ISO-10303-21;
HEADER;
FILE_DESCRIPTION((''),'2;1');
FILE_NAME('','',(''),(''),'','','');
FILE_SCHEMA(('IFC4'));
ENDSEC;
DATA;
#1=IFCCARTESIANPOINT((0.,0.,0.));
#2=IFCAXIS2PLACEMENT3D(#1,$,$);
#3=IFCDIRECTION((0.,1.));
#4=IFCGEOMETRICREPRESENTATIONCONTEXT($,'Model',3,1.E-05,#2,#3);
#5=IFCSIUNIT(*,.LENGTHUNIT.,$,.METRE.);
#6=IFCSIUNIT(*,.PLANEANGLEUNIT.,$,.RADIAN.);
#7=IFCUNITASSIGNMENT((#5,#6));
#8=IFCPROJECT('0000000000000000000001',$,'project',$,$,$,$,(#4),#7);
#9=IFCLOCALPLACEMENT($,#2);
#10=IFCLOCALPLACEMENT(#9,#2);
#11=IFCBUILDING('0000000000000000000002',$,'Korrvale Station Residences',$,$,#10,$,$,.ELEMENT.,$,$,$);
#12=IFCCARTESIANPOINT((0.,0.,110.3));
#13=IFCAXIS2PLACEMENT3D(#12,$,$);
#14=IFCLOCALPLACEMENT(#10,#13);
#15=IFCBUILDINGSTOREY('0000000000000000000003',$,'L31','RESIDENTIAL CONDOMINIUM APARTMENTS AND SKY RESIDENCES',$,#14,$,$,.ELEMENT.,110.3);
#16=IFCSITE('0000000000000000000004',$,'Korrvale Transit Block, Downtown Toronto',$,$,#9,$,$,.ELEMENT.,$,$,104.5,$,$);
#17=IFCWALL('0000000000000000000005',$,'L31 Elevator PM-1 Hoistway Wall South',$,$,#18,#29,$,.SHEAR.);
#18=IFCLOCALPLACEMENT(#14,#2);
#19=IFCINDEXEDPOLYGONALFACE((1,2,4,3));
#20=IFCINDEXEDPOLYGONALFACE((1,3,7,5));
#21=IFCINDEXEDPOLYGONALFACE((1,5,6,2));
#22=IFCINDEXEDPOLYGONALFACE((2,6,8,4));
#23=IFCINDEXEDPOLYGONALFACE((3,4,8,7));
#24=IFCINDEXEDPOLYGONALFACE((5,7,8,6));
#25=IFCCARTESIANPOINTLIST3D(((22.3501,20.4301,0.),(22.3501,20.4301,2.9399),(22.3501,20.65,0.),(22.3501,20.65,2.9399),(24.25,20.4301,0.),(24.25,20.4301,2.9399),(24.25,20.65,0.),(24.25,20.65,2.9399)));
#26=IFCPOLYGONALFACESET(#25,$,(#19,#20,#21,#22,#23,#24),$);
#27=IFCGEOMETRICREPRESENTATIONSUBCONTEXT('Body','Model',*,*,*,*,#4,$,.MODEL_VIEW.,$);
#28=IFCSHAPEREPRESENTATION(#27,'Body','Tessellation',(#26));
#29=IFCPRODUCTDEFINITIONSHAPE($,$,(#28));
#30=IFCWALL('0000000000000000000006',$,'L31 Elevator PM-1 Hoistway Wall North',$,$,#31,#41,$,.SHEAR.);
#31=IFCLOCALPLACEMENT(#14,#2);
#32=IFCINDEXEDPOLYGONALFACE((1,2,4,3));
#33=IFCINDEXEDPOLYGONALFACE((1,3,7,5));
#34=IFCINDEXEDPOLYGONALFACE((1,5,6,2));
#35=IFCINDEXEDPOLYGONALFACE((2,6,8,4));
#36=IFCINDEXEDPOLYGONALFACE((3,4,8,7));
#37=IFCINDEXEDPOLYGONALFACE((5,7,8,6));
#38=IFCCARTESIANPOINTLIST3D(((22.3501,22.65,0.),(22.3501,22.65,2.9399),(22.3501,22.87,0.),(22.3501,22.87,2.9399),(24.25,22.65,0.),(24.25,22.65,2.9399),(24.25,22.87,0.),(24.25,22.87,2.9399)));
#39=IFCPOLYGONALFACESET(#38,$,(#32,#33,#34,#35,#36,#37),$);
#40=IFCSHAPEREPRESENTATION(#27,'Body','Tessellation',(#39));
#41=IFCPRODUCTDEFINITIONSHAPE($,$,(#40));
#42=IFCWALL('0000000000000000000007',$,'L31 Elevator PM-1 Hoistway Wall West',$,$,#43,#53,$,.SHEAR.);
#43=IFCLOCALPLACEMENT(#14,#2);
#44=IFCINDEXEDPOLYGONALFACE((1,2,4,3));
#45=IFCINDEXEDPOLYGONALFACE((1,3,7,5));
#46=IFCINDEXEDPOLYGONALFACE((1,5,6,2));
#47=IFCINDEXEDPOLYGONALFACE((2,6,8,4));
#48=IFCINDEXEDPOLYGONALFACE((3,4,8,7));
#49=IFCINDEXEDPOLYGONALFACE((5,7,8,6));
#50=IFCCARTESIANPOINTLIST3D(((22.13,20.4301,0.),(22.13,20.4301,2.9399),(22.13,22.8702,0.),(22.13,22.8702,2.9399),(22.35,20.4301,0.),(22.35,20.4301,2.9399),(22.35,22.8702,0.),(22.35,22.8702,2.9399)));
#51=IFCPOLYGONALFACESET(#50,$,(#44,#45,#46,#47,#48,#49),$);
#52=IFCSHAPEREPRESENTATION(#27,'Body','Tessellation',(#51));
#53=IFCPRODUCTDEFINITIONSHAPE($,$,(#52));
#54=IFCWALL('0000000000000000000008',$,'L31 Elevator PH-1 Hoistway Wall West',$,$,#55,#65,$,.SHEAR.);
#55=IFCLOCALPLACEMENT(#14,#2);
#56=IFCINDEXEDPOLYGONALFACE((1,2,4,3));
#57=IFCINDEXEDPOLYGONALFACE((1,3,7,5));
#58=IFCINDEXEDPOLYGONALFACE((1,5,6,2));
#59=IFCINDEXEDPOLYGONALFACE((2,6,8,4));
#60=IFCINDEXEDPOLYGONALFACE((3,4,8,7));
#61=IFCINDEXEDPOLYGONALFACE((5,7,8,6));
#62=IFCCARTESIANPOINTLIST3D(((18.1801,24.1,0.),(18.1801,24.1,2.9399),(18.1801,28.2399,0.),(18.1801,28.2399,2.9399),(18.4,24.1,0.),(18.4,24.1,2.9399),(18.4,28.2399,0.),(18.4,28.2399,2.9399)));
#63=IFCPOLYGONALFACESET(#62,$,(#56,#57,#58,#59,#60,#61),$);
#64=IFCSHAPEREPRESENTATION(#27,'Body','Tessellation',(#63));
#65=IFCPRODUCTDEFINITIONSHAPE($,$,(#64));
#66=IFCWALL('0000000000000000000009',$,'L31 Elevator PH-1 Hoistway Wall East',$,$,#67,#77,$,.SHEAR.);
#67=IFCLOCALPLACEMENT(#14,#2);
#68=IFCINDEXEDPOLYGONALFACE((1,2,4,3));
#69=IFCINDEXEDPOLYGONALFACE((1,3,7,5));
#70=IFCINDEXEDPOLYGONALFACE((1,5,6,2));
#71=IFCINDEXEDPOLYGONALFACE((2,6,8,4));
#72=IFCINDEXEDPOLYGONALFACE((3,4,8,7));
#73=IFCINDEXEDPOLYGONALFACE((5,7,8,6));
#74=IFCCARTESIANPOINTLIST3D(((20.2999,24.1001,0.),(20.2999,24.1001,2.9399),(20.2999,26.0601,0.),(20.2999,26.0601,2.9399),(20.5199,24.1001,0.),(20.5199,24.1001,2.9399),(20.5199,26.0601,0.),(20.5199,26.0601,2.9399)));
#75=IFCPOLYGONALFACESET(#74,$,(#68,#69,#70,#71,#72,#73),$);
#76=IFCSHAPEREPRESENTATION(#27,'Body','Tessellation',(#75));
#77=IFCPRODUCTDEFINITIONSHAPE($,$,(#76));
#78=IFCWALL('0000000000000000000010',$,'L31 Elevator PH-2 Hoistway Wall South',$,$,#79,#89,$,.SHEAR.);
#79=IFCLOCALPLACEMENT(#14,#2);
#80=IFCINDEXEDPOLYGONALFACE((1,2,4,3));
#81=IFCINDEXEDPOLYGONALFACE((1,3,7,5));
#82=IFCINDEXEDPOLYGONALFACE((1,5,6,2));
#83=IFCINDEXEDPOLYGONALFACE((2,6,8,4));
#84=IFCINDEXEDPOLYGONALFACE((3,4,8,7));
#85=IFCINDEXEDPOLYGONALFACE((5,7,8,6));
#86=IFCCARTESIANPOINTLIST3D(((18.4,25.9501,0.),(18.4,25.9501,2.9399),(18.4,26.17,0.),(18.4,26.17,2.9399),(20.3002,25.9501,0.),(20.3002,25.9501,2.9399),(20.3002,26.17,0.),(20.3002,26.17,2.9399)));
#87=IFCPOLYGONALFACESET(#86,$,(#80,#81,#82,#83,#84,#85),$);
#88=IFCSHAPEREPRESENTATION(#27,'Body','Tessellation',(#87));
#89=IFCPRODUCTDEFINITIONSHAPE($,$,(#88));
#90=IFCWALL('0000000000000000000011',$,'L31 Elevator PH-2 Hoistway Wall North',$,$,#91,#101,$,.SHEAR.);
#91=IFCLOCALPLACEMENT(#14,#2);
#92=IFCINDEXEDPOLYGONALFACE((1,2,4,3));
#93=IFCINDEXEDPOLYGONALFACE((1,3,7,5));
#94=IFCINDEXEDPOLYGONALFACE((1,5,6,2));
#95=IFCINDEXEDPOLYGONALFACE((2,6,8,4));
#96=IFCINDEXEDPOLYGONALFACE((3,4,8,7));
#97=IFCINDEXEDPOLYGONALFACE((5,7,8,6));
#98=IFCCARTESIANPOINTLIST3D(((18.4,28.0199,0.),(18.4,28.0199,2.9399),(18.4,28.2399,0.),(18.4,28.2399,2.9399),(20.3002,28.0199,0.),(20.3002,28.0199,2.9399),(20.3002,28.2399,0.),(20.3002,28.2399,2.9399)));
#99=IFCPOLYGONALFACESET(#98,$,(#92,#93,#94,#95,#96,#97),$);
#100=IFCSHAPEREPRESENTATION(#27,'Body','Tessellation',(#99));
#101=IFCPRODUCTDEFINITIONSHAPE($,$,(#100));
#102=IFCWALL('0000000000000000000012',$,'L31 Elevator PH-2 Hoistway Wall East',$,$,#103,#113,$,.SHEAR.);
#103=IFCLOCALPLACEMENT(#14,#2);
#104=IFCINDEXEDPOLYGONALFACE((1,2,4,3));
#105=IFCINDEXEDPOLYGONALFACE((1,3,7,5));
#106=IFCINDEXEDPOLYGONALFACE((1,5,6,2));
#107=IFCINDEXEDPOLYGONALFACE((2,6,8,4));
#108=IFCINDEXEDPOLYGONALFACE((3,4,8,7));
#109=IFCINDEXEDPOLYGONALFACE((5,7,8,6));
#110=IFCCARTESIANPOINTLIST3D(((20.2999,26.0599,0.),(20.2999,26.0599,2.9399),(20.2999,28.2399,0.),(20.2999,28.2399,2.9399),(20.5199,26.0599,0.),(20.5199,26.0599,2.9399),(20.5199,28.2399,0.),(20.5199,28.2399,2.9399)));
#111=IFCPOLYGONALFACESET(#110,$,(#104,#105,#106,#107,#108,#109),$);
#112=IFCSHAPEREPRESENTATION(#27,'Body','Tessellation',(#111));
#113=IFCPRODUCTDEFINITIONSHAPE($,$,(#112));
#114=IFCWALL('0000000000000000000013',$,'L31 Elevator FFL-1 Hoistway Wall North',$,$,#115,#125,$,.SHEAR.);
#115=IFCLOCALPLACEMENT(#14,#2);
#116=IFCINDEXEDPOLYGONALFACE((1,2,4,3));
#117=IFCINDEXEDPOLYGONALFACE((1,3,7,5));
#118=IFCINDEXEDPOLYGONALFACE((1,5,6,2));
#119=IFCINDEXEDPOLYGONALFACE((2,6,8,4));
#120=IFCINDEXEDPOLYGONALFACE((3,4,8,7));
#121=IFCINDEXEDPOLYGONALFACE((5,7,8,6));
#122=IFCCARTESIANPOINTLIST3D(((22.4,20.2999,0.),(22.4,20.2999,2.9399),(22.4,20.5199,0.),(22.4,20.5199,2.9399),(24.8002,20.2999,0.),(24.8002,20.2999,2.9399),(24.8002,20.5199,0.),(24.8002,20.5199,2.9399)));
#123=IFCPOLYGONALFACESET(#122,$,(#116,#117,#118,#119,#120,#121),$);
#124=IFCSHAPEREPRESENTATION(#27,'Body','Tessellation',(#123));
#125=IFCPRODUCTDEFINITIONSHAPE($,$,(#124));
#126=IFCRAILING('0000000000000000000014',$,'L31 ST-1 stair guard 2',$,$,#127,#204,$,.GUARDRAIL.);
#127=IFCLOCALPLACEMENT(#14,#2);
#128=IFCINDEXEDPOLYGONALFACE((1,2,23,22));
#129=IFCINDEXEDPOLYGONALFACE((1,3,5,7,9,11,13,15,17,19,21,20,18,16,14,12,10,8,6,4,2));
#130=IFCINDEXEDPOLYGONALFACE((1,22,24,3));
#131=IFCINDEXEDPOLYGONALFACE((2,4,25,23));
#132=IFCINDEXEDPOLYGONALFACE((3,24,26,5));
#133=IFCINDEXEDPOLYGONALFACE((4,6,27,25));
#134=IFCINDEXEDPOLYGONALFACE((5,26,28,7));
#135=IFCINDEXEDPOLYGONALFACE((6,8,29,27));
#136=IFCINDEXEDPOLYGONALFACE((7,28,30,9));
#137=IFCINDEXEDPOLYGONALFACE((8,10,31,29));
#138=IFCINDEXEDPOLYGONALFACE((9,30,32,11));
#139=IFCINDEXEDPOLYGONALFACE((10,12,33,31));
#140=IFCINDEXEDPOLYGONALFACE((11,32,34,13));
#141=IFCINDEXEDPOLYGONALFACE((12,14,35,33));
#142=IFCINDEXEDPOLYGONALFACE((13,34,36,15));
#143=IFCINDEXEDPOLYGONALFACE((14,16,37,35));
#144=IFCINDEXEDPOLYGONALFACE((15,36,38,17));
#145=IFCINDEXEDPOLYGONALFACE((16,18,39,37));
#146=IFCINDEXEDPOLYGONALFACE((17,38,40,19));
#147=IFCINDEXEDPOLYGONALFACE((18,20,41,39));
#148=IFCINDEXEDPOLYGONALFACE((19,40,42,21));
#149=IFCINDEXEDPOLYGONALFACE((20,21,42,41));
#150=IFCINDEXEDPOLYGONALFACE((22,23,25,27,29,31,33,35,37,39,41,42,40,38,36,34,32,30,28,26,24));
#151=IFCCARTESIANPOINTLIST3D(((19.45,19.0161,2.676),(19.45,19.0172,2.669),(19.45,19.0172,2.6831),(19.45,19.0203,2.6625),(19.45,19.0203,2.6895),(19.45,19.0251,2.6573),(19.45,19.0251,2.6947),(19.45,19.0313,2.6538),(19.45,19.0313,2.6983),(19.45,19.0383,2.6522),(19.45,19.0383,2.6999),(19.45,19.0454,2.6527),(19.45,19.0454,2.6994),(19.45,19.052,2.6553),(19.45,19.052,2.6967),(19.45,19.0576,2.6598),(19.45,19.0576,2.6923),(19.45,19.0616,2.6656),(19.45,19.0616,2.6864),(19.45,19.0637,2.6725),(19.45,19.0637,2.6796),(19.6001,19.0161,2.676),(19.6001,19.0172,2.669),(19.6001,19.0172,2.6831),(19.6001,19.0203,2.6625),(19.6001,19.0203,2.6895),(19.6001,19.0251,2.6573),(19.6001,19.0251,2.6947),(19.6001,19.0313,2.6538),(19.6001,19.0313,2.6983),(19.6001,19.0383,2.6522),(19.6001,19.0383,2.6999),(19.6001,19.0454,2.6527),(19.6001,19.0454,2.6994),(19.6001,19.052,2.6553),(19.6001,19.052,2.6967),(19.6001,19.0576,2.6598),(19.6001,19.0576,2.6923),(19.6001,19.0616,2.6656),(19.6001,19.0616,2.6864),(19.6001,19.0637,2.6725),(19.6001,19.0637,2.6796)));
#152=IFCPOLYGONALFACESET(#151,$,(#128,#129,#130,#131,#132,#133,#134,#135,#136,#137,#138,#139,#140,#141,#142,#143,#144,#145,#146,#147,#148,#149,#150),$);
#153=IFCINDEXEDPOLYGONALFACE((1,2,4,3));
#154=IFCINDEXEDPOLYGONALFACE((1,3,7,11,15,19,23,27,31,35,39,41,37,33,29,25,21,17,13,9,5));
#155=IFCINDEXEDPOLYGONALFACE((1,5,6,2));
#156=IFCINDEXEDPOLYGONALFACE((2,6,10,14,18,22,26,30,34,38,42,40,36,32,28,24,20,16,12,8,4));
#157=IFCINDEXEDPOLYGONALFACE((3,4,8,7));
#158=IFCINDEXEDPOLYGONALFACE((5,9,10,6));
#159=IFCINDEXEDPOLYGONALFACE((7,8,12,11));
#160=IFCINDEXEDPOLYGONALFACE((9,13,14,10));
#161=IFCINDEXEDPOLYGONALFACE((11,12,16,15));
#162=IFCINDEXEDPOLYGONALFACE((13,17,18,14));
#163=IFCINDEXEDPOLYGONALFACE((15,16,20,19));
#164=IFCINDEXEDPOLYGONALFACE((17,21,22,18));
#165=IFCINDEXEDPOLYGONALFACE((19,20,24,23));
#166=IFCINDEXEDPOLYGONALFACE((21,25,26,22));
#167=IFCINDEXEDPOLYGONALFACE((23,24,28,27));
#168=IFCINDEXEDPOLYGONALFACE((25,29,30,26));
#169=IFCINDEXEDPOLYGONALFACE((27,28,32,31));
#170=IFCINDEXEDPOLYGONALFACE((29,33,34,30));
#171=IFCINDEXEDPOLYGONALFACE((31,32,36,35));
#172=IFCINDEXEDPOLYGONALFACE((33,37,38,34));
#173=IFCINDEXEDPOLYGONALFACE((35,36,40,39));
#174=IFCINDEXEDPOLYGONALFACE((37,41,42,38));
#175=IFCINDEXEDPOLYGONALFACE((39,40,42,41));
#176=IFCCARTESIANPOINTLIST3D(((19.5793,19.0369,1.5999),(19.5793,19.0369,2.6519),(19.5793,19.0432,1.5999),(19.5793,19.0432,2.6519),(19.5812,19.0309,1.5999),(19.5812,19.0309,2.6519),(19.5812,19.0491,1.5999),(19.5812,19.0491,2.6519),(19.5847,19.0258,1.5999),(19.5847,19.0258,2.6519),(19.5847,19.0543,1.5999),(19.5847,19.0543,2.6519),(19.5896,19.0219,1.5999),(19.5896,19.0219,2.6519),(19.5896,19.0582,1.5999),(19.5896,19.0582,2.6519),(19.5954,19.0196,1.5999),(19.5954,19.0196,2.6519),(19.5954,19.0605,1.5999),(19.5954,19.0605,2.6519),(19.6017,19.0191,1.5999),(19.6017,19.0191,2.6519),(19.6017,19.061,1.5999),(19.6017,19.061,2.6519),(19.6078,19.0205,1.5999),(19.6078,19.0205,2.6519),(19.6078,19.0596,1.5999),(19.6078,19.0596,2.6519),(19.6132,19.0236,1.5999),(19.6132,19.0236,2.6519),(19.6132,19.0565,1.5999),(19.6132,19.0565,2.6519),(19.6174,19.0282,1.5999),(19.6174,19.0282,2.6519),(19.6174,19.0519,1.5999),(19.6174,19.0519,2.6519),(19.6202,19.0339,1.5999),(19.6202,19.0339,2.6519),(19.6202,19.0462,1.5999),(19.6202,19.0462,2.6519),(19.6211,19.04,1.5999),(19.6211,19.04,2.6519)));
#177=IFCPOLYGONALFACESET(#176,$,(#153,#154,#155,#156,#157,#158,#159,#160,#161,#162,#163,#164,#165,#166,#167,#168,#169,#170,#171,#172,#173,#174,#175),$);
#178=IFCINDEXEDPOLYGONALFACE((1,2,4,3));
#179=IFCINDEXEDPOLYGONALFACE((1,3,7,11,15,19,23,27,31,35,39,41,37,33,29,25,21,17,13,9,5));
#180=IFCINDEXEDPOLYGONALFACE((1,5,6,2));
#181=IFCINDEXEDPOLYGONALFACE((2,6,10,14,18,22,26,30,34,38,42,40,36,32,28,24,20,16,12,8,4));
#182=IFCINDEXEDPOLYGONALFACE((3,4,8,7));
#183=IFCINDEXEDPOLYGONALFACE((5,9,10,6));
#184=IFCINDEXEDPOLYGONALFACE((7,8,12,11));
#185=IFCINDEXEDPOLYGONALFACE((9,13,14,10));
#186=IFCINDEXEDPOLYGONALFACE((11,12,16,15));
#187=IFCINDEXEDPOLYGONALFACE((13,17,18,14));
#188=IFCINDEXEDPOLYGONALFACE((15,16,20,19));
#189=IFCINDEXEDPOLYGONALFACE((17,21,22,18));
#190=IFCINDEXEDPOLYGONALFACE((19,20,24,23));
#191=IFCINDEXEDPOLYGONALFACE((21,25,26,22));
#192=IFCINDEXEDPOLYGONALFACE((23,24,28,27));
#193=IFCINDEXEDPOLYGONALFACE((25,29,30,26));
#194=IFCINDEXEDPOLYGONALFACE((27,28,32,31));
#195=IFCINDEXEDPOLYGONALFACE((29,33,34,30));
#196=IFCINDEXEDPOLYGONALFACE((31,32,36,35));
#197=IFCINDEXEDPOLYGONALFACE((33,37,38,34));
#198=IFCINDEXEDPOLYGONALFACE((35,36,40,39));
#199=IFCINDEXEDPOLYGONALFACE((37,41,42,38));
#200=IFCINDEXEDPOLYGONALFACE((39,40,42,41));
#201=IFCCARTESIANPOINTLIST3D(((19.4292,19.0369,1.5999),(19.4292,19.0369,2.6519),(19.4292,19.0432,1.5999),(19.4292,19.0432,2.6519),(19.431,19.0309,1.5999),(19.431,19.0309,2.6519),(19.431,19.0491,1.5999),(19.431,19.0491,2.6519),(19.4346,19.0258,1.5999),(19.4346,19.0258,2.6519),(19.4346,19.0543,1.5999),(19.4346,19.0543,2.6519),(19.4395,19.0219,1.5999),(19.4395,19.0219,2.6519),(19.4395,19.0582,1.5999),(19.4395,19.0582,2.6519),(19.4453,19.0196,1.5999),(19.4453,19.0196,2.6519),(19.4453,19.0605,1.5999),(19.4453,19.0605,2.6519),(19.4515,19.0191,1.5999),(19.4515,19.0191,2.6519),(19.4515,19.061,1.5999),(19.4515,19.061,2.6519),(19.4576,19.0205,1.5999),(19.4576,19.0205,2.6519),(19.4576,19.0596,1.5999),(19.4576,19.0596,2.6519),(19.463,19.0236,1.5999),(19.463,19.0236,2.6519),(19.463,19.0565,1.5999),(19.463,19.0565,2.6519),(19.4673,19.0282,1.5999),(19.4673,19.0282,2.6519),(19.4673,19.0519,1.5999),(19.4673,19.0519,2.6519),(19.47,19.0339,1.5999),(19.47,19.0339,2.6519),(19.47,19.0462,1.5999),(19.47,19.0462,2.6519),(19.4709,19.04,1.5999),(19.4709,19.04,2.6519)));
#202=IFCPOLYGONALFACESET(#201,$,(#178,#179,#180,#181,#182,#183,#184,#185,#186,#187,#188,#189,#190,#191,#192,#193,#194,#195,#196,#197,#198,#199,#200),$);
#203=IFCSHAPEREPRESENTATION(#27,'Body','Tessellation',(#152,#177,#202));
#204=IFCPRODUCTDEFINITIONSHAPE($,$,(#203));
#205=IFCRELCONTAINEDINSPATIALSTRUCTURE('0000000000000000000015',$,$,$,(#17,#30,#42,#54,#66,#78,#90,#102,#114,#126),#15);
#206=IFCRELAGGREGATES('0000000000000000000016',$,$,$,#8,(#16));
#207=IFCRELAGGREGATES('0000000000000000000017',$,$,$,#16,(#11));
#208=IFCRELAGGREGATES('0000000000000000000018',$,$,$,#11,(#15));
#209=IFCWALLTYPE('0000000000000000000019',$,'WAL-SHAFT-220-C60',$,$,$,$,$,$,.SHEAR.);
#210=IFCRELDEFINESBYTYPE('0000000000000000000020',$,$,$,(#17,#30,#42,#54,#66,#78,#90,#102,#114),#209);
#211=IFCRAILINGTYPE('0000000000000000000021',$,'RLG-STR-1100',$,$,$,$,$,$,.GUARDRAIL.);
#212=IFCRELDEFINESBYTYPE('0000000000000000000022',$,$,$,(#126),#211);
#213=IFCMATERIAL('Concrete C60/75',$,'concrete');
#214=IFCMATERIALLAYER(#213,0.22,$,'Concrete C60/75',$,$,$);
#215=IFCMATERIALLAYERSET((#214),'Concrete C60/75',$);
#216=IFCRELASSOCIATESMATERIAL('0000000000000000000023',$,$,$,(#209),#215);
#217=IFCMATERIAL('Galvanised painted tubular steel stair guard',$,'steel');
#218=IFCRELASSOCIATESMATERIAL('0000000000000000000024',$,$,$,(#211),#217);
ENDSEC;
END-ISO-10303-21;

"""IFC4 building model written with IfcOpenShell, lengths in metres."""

from ifc_helpers import new_model, si_unit, direction, frame, frame_2d, origin, origin_2d, place, context, subcontext, project, spatial, rectangle, circle, extrude, material, layer, layer_set, type_object, element, save


model = new_model("IFC4")

# Units and contexts
model_context = context("Model", 3, precision=1e-05, world=origin(), true_north=direction((0.0, 1.0)))
body_context = subcontext(model_context, "Body", "Model", "MODEL_VIEW")
ifc_project = project(units=[si_unit("LENGTHUNIT", "METRE"), si_unit("PLANEANGLEUNIT", "RADIAN")], contexts=[model_context])

# Site, building, storey
site_placement = place(None, origin())
site = spatial("IfcSite", under=ifc_project, at=site_placement, Name="Korrvale Transit Block, Downtown Toronto", CompositionType="ELEMENT", RefElevation=104.5)
building_placement = place(site_placement, origin())
building = spatial("IfcBuilding", under=site, at=building_placement, Name="Korrvale Station Residences", CompositionType="ELEMENT")
storey_placement = place(building_placement, frame((0.0, 0.0, 110.3)))
storey = spatial("IfcBuildingStorey", under=building, at=storey_placement, Name="L31", Description="RESIDENTIAL CONDOMINIUM APARTMENTS AND SKY RESIDENCES", CompositionType="ELEMENT", Elevation=110.3)

# Shared definitions
ifc_material_1 = material(Name="Concrete C60/75", Category="concrete")

# Shared definitions
ifc_layer_1 = layer(ifc_material_1, 0.22, Name="Concrete C60/75")
ifc_layer_set_1 = layer_set([ifc_layer_1], Name="Concrete C60/75")
wall_type_1 = type_object("IfcWallType", Name="WAL-SHAFT-220-C60", PredefinedType="SHEAR", material=ifc_layer_set_1)

# Walls
for number, where, z_axis, x_axis, name in (
    (1, (22.3501, 20.54, 0.0), (0.0, 0.0, 1.0), (1.0, 0.0, 0.0), "L31 Elevator PM-1 Hoistway Wall South"),
    (2, (22.3501, 22.76, 0.0), (0.0, 0.0, 1.0), (1.0, 0.0, 0.0), "L31 Elevator PM-1 Hoistway Wall North"),
):
    element("IfcWall", number, at=place(storey_placement, frame(where, z_axis=z_axis, x_axis=x_axis)), inside=storey, type_object=wall_type_1, Name=name, PredefinedType="SHEAR", context=body_context, shape_type="SweptSolid", body=[
        extrude(rectangle(XDim=1.8999, YDim=0.22, at=frame_2d((0.95, 0.0))), origin(), (0.0, 0.0, 1.0), 2.9399),
    ])
wall_1_placement = place(storey_placement, frame((22.24, 20.4299, 0.0), z_axis=(0.0, 0.0, 1.0), x_axis=(0.0, 1.0, 0.0)))
element("IfcWall", 3, at=wall_1_placement, inside=storey, type_object=wall_type_1, Name="L31 Elevator PM-1 Hoistway Wall West", PredefinedType="SHEAR", context=body_context, shape_type="SweptSolid", body=[
    extrude(rectangle(XDim=2.4402, YDim=0.22, at=frame_2d((1.2202, 0.0))), origin(), (0.0, 0.0, 1.0), 2.9399),
])
wall_2_placement = place(storey_placement, frame((18.29, 24.1001, 0.0), z_axis=(0.0, 0.0, 1.0), x_axis=(0.0, 1.0, 0.0)))
element("IfcWall", 4, at=wall_2_placement, inside=storey, type_object=wall_type_1, Name="L31 Elevator PH-1 Hoistway Wall West", PredefinedType="SHEAR", context=body_context, shape_type="SweptSolid", body=[
    extrude(rectangle(XDim=4.1399, YDim=0.22, at=frame_2d((2.0698, 0.0))), origin(), (0.0, 0.0, 1.0), 2.9399),
])
wall_3_placement = place(storey_placement, frame((20.4099, 24.1001, 0.0), z_axis=(0.0, 0.0, 1.0), x_axis=(0.0, 1.0, 0.0)))
element("IfcWall", 5, at=wall_3_placement, inside=storey, type_object=wall_type_1, Name="L31 Elevator PH-1 Hoistway Wall East", PredefinedType="SHEAR", context=body_context, shape_type="SweptSolid", body=[
    extrude(rectangle(XDim=1.96, YDim=0.22, at=frame_2d((0.98, 0.0))), origin(), (0.0, 0.0, 1.0), 2.9399),
])
for number, where, z_axis, x_axis, name in (
    (6, (18.3999, 26.0601, 0.0), (0.0, 0.0, 1.0), (1.0, 0.0, 0.0), "L31 Elevator PH-2 Hoistway Wall South"),
    (7, (18.3999, 28.1299, 0.0), (0.0, 0.0, 1.0), (1.0, 0.0, 0.0), "L31 Elevator PH-2 Hoistway Wall North"),
):
    element("IfcWall", number, at=place(storey_placement, frame(where, z_axis=z_axis, x_axis=x_axis)), inside=storey, type_object=wall_type_1, Name=name, PredefinedType="SHEAR", context=body_context, shape_type="SweptSolid", body=[
        extrude(rectangle(XDim=1.9001, YDim=0.22, at=frame_2d((0.9502, 0.0))), origin(), (0.0, 0.0, 1.0), 2.9399),
    ])
wall_4_placement = place(storey_placement, frame((20.4099, 26.0601, 0.0), z_axis=(0.0, 0.0, 1.0), x_axis=(0.0, 1.0, 0.0)))
element("IfcWall", 8, at=wall_4_placement, inside=storey, type_object=wall_type_1, Name="L31 Elevator PH-2 Hoistway Wall East", PredefinedType="SHEAR", context=body_context, shape_type="SweptSolid", body=[
    extrude(rectangle(XDim=2.1799, YDim=0.22, at=frame_2d((1.0898, 0.0))), origin(), (0.0, 0.0, 1.0), 2.9399),
])
wall_5_placement = place(storey_placement, frame((22.3999, 20.4099, 0.0), z_axis=(0.0, 0.0, 1.0), x_axis=(1.0, 0.0, 0.0)))
element("IfcWall", 9, at=wall_5_placement, inside=storey, type_object=wall_type_1, Name="L31 Elevator FFL-1 Hoistway Wall North", PredefinedType="SHEAR", context=body_context, shape_type="SweptSolid", body=[
    extrude(rectangle(XDim=2.4001, YDim=0.22, at=frame_2d((1.2002, 0.0))), origin(), (0.0, 0.0, 1.0), 2.9399),
])

# Railing
ifc_material_2 = material(Name="Galvanised painted tubular steel stair guard", Category="steel")
railing_type = type_object("IfcRailingType", Name="RLG-STR-1100", PredefinedType="GUARDRAIL", material=ifc_material_2)
railing_1_placement = place(storey_placement, frame((19.6001, 19.04, 1.5999)))
element("IfcRailing", 10, at=railing_1_placement, inside=storey, type_object=railing_type, Name="L31 ST-1 stair guard 2", PredefinedType="GUARDRAIL", context=body_context, shape_type="SweptSolid", body=[
    extrude(circle(Radius=0.0239, at=origin_2d()), frame((0.0, 0.0, 1.0762), z_axis=(-1.0, 0.0, 0.0), x_axis=(0.0, -1.0, 0.0)), (0.0, 0.0, 1.0), 0.1501),
    extrude(circle(Radius=0.021, at=origin_2d()), origin(), (0.0, 0.0, 1.0), 1.052),
    extrude(circle(Radius=0.021, at=origin_2d()), frame((-0.1501, 0.0, 0.0)), (0.0, 0.0, 1.0), 1.052),
])

save(model, "model.ifc")
